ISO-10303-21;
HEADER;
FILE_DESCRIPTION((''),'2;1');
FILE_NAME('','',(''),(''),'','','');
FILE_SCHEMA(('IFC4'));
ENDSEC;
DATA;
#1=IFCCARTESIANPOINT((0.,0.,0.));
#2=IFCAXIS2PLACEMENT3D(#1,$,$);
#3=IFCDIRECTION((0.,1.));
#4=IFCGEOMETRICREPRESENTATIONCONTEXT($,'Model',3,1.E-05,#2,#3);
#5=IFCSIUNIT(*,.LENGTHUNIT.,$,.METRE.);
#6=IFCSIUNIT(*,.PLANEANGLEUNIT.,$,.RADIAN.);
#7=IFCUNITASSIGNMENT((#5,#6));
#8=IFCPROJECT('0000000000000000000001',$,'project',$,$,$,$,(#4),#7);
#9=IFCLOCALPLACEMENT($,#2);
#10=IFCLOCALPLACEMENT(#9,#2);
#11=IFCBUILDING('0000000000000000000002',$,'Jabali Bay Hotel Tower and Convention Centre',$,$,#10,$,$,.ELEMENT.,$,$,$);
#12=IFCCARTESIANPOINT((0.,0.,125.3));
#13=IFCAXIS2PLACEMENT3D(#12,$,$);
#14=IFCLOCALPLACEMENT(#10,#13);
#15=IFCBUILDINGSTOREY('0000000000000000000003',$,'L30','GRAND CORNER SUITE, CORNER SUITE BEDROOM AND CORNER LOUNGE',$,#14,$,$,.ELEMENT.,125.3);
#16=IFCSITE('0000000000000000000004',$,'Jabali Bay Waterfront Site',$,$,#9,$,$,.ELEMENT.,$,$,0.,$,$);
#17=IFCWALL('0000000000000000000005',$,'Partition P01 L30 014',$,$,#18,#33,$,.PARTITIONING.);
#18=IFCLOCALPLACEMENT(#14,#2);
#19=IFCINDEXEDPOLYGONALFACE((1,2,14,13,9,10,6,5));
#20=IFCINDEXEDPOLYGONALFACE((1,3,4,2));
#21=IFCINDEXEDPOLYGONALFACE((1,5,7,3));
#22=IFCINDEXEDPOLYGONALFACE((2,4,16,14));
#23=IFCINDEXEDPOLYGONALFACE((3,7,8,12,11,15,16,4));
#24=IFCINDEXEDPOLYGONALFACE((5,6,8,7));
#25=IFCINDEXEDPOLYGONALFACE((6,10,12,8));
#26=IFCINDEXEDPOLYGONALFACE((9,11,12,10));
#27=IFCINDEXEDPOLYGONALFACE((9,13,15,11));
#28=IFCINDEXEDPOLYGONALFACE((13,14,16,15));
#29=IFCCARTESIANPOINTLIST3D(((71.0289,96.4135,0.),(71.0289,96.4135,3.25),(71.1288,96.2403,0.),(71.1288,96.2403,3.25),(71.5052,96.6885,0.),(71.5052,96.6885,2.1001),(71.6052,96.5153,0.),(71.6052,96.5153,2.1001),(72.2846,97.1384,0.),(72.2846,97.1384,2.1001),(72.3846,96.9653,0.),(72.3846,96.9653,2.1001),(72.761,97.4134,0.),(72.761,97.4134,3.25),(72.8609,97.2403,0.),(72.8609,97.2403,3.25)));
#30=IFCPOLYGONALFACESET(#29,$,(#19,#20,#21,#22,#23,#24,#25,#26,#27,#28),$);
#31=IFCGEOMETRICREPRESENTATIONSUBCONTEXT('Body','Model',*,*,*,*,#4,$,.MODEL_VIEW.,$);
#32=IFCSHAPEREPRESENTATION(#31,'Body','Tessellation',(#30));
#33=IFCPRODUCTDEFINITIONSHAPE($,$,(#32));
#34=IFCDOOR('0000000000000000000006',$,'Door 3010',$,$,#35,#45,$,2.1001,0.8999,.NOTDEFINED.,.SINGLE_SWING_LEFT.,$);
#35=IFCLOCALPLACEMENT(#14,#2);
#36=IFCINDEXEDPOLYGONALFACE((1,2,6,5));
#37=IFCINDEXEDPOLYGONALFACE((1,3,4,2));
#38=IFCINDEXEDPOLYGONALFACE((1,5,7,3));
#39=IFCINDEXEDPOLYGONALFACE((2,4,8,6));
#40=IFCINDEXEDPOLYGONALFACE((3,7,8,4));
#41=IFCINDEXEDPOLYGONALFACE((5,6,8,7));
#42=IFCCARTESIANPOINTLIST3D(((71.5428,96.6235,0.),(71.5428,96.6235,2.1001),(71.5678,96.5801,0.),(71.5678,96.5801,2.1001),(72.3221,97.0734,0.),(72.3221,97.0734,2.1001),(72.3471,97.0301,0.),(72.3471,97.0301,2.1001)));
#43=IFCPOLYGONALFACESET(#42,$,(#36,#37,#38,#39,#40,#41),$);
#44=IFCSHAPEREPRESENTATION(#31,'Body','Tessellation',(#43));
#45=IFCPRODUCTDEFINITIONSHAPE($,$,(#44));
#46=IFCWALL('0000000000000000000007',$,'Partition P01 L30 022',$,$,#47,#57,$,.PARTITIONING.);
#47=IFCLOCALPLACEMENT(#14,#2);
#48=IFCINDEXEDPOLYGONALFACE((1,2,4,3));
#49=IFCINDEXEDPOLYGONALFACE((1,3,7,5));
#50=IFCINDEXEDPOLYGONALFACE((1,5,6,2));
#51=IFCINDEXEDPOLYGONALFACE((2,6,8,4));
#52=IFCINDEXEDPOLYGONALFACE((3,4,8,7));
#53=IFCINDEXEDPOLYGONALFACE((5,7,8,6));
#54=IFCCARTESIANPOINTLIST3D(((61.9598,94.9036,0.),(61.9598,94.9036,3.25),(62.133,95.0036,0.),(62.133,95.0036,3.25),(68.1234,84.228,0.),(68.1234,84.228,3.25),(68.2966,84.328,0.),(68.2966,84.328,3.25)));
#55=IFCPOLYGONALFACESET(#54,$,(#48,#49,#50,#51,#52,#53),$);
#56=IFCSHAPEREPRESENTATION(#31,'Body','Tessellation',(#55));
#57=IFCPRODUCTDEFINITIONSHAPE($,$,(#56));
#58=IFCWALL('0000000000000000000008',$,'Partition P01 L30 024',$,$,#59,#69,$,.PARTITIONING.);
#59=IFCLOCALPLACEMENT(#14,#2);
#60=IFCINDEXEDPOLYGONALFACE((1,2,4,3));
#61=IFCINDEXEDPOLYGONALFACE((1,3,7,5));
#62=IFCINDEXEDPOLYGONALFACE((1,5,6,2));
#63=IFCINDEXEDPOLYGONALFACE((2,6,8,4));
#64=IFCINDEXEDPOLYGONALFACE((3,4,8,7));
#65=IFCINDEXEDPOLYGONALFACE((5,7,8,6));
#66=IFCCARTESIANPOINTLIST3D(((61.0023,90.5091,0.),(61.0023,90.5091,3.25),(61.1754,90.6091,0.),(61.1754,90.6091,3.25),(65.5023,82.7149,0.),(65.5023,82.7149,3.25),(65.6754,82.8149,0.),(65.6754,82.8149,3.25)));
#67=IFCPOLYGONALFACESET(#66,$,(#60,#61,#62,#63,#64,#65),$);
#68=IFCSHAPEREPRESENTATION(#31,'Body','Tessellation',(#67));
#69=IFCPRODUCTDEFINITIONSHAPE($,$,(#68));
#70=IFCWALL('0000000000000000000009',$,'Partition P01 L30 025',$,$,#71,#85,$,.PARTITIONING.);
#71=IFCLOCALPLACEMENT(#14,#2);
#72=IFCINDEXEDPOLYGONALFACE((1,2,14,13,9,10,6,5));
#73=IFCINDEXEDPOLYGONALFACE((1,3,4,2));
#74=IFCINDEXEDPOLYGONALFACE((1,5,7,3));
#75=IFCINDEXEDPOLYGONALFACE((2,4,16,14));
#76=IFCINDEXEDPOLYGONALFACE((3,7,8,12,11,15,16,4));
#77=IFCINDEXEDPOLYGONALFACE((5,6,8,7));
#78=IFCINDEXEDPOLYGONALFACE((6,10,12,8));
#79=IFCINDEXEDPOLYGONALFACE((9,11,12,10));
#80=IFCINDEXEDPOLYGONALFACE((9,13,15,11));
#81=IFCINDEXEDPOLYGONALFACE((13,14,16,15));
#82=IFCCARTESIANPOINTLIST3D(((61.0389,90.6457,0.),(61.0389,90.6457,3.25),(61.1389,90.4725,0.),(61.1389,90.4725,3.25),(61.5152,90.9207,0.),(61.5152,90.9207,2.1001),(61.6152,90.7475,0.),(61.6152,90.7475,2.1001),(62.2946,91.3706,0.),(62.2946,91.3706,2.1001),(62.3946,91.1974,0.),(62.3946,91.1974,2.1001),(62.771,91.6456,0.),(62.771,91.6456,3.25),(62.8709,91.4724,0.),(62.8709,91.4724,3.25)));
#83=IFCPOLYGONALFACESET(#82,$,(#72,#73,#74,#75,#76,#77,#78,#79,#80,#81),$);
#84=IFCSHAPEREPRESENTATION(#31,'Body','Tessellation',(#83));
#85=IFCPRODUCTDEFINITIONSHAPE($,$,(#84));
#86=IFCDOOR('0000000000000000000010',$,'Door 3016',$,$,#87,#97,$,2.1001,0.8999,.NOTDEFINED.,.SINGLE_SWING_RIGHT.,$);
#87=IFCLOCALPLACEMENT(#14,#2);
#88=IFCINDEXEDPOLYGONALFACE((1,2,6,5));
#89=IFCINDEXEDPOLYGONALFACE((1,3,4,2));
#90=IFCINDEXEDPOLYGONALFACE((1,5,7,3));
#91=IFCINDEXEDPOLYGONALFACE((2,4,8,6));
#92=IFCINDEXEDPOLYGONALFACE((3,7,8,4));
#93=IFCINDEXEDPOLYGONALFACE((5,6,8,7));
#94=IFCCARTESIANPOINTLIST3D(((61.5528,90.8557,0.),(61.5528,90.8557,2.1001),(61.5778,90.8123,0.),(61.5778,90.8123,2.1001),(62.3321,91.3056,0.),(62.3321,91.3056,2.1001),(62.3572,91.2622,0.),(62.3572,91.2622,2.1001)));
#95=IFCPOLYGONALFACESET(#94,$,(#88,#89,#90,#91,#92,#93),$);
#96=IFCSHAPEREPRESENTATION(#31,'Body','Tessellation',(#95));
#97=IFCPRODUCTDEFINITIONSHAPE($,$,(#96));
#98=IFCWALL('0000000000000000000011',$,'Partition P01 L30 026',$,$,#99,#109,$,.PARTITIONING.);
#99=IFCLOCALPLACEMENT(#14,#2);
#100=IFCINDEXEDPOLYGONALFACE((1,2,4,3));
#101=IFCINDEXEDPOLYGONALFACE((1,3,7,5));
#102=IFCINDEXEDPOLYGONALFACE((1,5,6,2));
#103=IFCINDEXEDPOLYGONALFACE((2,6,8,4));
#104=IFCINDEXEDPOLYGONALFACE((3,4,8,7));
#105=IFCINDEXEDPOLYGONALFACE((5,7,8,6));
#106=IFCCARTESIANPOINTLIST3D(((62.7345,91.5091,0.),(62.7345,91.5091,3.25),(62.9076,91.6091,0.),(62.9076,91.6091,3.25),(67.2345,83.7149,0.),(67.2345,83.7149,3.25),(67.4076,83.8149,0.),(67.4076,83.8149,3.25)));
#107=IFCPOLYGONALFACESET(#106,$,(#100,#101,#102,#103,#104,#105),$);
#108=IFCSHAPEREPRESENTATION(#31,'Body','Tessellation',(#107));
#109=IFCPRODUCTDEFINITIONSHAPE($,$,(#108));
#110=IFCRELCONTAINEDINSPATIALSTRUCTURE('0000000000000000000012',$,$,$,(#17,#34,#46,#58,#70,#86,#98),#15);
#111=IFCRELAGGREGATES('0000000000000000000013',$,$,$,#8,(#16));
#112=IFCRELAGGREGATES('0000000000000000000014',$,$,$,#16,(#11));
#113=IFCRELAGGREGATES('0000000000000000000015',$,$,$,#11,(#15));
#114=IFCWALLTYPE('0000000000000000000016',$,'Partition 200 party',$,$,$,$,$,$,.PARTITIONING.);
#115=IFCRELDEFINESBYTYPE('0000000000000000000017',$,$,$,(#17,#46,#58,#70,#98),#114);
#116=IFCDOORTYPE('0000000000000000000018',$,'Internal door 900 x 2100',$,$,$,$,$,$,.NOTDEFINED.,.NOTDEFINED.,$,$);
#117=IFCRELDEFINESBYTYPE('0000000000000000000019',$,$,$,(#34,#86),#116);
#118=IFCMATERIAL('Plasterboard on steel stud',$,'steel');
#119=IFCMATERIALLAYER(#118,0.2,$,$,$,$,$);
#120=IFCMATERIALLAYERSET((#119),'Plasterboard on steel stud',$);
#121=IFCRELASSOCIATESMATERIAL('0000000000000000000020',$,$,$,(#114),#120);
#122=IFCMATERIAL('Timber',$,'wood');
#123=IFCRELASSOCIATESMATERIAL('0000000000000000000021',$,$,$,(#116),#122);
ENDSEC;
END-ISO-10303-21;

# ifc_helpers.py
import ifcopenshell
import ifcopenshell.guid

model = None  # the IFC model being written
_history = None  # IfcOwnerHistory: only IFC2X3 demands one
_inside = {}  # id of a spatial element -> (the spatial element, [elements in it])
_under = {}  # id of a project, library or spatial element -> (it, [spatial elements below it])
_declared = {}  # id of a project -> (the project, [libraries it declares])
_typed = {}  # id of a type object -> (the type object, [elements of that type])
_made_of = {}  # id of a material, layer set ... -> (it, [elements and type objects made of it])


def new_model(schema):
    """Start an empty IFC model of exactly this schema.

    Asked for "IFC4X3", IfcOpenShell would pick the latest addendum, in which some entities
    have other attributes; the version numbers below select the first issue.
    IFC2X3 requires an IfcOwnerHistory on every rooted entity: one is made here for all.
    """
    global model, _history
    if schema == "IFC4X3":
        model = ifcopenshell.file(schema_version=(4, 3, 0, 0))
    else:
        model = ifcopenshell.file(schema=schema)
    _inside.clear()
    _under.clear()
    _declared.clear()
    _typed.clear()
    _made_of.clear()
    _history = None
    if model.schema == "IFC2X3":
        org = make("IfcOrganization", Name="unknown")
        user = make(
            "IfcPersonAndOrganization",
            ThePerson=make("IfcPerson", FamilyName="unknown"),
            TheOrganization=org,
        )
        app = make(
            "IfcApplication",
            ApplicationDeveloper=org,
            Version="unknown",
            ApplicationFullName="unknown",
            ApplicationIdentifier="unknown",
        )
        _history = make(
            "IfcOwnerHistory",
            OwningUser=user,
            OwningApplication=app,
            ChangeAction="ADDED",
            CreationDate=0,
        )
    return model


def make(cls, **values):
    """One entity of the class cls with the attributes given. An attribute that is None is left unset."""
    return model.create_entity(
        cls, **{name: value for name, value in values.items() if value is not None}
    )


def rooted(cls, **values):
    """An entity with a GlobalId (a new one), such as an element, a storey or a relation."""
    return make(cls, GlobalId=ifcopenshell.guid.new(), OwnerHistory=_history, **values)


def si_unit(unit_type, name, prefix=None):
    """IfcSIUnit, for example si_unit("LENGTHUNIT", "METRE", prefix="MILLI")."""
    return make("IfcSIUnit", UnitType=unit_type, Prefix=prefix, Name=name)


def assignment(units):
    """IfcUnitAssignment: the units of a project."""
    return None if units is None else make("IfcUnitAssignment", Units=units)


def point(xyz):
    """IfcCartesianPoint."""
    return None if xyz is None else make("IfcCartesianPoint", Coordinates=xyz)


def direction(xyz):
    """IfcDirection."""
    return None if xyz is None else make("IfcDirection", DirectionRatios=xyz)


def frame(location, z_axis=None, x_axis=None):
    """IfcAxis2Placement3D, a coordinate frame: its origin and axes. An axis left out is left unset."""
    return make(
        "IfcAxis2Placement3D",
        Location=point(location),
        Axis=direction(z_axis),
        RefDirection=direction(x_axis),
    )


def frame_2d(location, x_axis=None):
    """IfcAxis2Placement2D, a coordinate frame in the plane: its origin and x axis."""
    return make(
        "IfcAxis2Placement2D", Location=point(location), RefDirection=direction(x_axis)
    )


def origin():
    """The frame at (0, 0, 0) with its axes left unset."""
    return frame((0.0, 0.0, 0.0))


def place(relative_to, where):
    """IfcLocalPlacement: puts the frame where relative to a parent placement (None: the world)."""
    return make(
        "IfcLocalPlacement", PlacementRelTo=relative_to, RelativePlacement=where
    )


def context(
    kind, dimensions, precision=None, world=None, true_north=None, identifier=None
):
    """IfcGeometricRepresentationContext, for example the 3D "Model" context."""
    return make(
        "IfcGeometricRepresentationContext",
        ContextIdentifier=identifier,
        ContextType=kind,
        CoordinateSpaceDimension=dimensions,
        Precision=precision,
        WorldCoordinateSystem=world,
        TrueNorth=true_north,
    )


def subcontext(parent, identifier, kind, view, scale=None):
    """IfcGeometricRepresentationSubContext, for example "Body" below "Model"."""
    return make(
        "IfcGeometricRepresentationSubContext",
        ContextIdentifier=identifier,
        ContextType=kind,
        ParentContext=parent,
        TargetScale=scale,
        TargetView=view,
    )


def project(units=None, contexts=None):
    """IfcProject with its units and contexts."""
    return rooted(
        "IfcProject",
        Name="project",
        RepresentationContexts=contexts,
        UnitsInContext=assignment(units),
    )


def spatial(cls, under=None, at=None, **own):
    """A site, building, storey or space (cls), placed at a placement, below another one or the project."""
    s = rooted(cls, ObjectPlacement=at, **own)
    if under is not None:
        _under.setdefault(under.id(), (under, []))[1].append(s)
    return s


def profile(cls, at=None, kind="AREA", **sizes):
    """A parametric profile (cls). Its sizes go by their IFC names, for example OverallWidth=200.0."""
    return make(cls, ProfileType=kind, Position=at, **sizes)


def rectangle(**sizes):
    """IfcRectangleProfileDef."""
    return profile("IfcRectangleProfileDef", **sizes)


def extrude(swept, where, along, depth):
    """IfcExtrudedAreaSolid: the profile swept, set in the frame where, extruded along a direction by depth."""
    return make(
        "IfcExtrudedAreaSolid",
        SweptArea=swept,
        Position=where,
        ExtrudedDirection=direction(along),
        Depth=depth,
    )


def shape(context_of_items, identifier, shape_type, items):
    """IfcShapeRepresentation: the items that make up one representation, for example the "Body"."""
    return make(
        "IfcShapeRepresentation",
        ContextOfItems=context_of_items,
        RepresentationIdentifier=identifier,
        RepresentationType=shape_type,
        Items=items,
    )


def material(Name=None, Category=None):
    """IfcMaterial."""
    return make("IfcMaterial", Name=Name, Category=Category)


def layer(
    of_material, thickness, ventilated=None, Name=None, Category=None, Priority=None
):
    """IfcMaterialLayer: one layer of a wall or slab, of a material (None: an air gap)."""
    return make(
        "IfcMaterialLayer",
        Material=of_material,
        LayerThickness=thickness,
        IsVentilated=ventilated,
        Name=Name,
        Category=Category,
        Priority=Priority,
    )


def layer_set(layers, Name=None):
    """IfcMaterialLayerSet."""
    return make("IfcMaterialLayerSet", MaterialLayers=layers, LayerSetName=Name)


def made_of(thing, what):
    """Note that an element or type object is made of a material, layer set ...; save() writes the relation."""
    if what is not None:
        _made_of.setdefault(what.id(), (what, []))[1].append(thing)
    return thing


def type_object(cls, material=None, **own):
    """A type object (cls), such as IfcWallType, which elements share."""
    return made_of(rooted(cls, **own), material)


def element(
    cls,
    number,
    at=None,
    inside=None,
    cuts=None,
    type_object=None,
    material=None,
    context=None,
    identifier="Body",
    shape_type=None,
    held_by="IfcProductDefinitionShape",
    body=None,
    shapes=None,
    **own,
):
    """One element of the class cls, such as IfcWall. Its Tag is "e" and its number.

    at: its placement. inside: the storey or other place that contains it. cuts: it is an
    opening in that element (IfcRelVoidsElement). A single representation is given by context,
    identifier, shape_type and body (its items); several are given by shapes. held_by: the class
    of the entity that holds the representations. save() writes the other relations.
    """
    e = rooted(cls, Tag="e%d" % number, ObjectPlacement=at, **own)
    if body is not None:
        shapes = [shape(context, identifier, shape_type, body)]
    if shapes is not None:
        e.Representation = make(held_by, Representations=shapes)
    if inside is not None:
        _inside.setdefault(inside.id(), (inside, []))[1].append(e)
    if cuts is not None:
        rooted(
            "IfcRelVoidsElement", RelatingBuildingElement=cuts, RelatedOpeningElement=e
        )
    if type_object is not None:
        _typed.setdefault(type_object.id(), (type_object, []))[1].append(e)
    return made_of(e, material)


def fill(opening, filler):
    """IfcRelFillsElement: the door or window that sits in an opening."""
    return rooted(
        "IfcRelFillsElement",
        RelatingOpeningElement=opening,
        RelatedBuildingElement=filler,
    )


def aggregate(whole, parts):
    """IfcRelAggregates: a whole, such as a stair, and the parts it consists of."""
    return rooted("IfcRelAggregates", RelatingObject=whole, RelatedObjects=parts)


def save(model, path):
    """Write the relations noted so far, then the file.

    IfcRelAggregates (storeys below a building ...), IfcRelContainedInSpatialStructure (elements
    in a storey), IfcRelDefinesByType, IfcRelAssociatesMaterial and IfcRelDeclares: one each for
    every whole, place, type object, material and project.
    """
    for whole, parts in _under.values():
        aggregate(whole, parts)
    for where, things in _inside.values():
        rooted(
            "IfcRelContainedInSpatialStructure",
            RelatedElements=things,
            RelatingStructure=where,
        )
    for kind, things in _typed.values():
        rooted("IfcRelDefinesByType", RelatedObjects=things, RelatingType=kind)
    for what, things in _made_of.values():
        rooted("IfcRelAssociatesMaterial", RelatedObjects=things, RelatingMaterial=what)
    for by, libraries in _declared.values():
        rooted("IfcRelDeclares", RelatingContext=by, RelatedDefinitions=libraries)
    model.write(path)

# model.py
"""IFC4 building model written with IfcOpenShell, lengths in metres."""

from ifc_helpers import new_model, si_unit, direction, frame, frame_2d, origin, place, context, subcontext, project, spatial, rectangle, extrude, material, layer, layer_set, type_object, element, fill, save


model = new_model("IFC4")

# Units and contexts
model_context = context("Model", 3, precision=1e-05, world=origin(), true_north=direction((0.0, 1.0)))
body_context = subcontext(model_context, "Body", "Model", "MODEL_VIEW")
ifc_project = project(units=[si_unit("LENGTHUNIT", "METRE"), si_unit("PLANEANGLEUNIT", "RADIAN")], contexts=[model_context])

# Site, building, storey
site_placement = place(None, origin())
site = spatial("IfcSite", under=ifc_project, at=site_placement, Name="Jabali Bay Waterfront Site", CompositionType="ELEMENT", RefElevation=0.0)
building_placement = place(site_placement, origin())
building = spatial("IfcBuilding", under=site, at=building_placement, Name="Jabali Bay Hotel Tower and Convention Centre", CompositionType="ELEMENT")
storey_placement = place(building_placement, frame((0.0, 0.0, 125.3)))
storey = spatial("IfcBuildingStorey", under=building, at=storey_placement, Name="L30", Description="GRAND CORNER SUITE, CORNER SUITE BEDROOM AND CORNER LOUNGE", CompositionType="ELEMENT", Elevation=125.3)

# Shared definitions
ifc_material_1 = material(Name="Timber", Category="wood")

# Shared definitions
ifc_material_2 = material(Name="Plasterboard on steel stud", Category="steel")

# Shared definitions
ifc_layer_1 = layer(ifc_material_2, 0.2)
ifc_layer_set_1 = layer_set([ifc_layer_1], Name="Plasterboard on steel stud")
wall_type_1 = type_object("IfcWallType", Name="Partition 200 party", PredefinedType="PARTITIONING", material=ifc_layer_set_1)

# Wall, opening, door
wall_1_placement = place(storey_placement, frame((71.0789, 96.3269, 0.0), z_axis=(0.0, 0.0, 1.0), x_axis=(0.866041, 0.499973, 0.0)))
wall_1 = element("IfcWall", 1, at=wall_1_placement, inside=storey, type_object=wall_type_1, Name="Partition P01 L30 014", PredefinedType="PARTITIONING", context=body_context, shape_type="SweptSolid", body=[
    extrude(rectangle(XDim=2.0, YDim=0.2, at=frame_2d((1.0, 0.0))), origin(), (0.0, 0.0, 1.0), 3.25),
])
opening_1_placement = place(wall_1_placement, frame((0.55, 0.0, 0.0)))
opening_1 = element("IfcOpeningElement", 2, at=opening_1_placement, cuts=wall_1, PredefinedType="OPENING", context=body_context, shape_type="SweptSolid", body=[
    extrude(rectangle(XDim=0.8999, YDim=2.1001, at=frame_2d((0.45, 1.05))), frame((0.0, 0.1104, 0.0), z_axis=(0.0, -1.0, 0.0), x_axis=(1.0, 0.0, 0.0)), (0.0, 0.0, 1.0), 0.2209),
])
door_type_1 = type_object("IfcDoorType", Name="Internal door 900 x 2100", OperationType="NOTDEFINED", PredefinedType="NOTDEFINED", material=ifc_material_1)
door_1_placement = place(opening_1_placement, origin())
door_1 = element("IfcDoor", 3, at=door_1_placement, inside=storey, type_object=door_type_1, Name="Door 3010", OperationType="SINGLE_SWING_LEFT", OverallHeight=2.1001, OverallWidth=0.8999, PredefinedType="NOTDEFINED", context=body_context, shape_type="SweptSolid", body=[
    extrude(rectangle(XDim=0.8999, YDim=2.1001, at=frame_2d((0.45, 1.05))), frame((0.0, 0.0249, 0.0), z_axis=(0.0, -1.0, 0.0), x_axis=(1.0, 0.0, 0.0)), (0.0, 0.0, 1.0), 0.05),
])
fill(opening_1, door_1)

# Walls
wall_2_placement = place(storey_placement, frame((62.0464, 94.9536, 0.0), z_axis=(0.0, 0.0, 1.0), x_axis=(0.500003, -0.866024, 0.0)))
element("IfcWall", 4, at=wall_2_placement, inside=storey, type_object=wall_type_1, Name="Partition P01 L30 022", PredefinedType="PARTITIONING", context=body_context, shape_type="SweptSolid", body=[
    extrude(rectangle(XDim=12.3271, YDim=0.2, at=frame_2d((6.1636, 0.0))), origin(), (0.0, 0.0, 1.0), 3.25),
])
wall_3_placement = place(storey_placement, frame((65.5889, 82.7649, 0.0), z_axis=(0.0, 0.0, 1.0), x_axis=(-0.500002, 0.866024, 0.0)))
element("IfcWall", 5, at=wall_3_placement, inside=storey, type_object=wall_type_1, Name="Partition P01 L30 024", PredefinedType="PARTITIONING", context=body_context, shape_type="SweptSolid", body=[
    extrude(rectangle(XDim=9.0, YDim=0.2, at=frame_2d((4.5, 0.0))), origin(), (0.0, 0.0, 1.0), 3.25),
])

# Wall, opening, door
wall_4_placement = place(storey_placement, frame((61.0889, 90.5591, 0.0), z_axis=(0.0, 0.0, 1.0), x_axis=(0.866041, 0.499973, 0.0)))
wall_4 = element("IfcWall", 6, at=wall_4_placement, inside=storey, type_object=wall_type_1, Name="Partition P01 L30 025", PredefinedType="PARTITIONING", context=body_context, shape_type="SweptSolid", body=[
    extrude(rectangle(XDim=2.0, YDim=0.2, at=frame_2d((1.0, 0.0))), origin(), (0.0, 0.0, 1.0), 3.25),
])
opening_2_placement = place(wall_4_placement, frame((0.55, 0.0, 0.0)))
opening_2 = element("IfcOpeningElement", 7, at=opening_2_placement, cuts=wall_4, PredefinedType="OPENING", context=body_context, shape_type="SweptSolid", body=[
    extrude(rectangle(XDim=0.8999, YDim=2.1001, at=frame_2d((0.45, 1.05))), frame((0.0, 0.1104, 0.0), z_axis=(0.0, -1.0, 0.0), x_axis=(1.0, 0.0, 0.0)), (0.0, 0.0, 1.0), 0.2209),
])
door_2_placement = place(opening_2_placement, origin())
door_2 = element("IfcDoor", 8, at=door_2_placement, inside=storey, type_object=door_type_1, Name="Door 3016", OperationType="SINGLE_SWING_RIGHT", OverallHeight=2.1001, OverallWidth=0.8999, PredefinedType="NOTDEFINED", context=body_context, shape_type="SweptSolid", body=[
    extrude(rectangle(XDim=0.8999, YDim=2.1001, at=frame_2d((0.45, 1.05))), frame((0.0, 0.0249, 0.0), z_axis=(0.0, -1.0, 0.0), x_axis=(1.0, 0.0, 0.0)), (0.0, 0.0, 1.0), 0.05),
])
fill(opening_2, door_2)

# Wall
wall_5_placement = place(storey_placement, frame((62.821, 91.5591, 0.0), z_axis=(0.0, 0.0, 1.0), x_axis=(0.500002, -0.866024, 0.0)))
element("IfcWall", 9, at=wall_5_placement, inside=storey, type_object=wall_type_1, Name="Partition P01 L30 026", PredefinedType="PARTITIONING", context=body_context, shape_type="SweptSolid", body=[
    extrude(rectangle(XDim=9.0, YDim=0.2, at=frame_2d((4.5, 0.0))), origin(), (0.0, 0.0, 1.0), 3.25),
])

save(model, "model.ifc")
